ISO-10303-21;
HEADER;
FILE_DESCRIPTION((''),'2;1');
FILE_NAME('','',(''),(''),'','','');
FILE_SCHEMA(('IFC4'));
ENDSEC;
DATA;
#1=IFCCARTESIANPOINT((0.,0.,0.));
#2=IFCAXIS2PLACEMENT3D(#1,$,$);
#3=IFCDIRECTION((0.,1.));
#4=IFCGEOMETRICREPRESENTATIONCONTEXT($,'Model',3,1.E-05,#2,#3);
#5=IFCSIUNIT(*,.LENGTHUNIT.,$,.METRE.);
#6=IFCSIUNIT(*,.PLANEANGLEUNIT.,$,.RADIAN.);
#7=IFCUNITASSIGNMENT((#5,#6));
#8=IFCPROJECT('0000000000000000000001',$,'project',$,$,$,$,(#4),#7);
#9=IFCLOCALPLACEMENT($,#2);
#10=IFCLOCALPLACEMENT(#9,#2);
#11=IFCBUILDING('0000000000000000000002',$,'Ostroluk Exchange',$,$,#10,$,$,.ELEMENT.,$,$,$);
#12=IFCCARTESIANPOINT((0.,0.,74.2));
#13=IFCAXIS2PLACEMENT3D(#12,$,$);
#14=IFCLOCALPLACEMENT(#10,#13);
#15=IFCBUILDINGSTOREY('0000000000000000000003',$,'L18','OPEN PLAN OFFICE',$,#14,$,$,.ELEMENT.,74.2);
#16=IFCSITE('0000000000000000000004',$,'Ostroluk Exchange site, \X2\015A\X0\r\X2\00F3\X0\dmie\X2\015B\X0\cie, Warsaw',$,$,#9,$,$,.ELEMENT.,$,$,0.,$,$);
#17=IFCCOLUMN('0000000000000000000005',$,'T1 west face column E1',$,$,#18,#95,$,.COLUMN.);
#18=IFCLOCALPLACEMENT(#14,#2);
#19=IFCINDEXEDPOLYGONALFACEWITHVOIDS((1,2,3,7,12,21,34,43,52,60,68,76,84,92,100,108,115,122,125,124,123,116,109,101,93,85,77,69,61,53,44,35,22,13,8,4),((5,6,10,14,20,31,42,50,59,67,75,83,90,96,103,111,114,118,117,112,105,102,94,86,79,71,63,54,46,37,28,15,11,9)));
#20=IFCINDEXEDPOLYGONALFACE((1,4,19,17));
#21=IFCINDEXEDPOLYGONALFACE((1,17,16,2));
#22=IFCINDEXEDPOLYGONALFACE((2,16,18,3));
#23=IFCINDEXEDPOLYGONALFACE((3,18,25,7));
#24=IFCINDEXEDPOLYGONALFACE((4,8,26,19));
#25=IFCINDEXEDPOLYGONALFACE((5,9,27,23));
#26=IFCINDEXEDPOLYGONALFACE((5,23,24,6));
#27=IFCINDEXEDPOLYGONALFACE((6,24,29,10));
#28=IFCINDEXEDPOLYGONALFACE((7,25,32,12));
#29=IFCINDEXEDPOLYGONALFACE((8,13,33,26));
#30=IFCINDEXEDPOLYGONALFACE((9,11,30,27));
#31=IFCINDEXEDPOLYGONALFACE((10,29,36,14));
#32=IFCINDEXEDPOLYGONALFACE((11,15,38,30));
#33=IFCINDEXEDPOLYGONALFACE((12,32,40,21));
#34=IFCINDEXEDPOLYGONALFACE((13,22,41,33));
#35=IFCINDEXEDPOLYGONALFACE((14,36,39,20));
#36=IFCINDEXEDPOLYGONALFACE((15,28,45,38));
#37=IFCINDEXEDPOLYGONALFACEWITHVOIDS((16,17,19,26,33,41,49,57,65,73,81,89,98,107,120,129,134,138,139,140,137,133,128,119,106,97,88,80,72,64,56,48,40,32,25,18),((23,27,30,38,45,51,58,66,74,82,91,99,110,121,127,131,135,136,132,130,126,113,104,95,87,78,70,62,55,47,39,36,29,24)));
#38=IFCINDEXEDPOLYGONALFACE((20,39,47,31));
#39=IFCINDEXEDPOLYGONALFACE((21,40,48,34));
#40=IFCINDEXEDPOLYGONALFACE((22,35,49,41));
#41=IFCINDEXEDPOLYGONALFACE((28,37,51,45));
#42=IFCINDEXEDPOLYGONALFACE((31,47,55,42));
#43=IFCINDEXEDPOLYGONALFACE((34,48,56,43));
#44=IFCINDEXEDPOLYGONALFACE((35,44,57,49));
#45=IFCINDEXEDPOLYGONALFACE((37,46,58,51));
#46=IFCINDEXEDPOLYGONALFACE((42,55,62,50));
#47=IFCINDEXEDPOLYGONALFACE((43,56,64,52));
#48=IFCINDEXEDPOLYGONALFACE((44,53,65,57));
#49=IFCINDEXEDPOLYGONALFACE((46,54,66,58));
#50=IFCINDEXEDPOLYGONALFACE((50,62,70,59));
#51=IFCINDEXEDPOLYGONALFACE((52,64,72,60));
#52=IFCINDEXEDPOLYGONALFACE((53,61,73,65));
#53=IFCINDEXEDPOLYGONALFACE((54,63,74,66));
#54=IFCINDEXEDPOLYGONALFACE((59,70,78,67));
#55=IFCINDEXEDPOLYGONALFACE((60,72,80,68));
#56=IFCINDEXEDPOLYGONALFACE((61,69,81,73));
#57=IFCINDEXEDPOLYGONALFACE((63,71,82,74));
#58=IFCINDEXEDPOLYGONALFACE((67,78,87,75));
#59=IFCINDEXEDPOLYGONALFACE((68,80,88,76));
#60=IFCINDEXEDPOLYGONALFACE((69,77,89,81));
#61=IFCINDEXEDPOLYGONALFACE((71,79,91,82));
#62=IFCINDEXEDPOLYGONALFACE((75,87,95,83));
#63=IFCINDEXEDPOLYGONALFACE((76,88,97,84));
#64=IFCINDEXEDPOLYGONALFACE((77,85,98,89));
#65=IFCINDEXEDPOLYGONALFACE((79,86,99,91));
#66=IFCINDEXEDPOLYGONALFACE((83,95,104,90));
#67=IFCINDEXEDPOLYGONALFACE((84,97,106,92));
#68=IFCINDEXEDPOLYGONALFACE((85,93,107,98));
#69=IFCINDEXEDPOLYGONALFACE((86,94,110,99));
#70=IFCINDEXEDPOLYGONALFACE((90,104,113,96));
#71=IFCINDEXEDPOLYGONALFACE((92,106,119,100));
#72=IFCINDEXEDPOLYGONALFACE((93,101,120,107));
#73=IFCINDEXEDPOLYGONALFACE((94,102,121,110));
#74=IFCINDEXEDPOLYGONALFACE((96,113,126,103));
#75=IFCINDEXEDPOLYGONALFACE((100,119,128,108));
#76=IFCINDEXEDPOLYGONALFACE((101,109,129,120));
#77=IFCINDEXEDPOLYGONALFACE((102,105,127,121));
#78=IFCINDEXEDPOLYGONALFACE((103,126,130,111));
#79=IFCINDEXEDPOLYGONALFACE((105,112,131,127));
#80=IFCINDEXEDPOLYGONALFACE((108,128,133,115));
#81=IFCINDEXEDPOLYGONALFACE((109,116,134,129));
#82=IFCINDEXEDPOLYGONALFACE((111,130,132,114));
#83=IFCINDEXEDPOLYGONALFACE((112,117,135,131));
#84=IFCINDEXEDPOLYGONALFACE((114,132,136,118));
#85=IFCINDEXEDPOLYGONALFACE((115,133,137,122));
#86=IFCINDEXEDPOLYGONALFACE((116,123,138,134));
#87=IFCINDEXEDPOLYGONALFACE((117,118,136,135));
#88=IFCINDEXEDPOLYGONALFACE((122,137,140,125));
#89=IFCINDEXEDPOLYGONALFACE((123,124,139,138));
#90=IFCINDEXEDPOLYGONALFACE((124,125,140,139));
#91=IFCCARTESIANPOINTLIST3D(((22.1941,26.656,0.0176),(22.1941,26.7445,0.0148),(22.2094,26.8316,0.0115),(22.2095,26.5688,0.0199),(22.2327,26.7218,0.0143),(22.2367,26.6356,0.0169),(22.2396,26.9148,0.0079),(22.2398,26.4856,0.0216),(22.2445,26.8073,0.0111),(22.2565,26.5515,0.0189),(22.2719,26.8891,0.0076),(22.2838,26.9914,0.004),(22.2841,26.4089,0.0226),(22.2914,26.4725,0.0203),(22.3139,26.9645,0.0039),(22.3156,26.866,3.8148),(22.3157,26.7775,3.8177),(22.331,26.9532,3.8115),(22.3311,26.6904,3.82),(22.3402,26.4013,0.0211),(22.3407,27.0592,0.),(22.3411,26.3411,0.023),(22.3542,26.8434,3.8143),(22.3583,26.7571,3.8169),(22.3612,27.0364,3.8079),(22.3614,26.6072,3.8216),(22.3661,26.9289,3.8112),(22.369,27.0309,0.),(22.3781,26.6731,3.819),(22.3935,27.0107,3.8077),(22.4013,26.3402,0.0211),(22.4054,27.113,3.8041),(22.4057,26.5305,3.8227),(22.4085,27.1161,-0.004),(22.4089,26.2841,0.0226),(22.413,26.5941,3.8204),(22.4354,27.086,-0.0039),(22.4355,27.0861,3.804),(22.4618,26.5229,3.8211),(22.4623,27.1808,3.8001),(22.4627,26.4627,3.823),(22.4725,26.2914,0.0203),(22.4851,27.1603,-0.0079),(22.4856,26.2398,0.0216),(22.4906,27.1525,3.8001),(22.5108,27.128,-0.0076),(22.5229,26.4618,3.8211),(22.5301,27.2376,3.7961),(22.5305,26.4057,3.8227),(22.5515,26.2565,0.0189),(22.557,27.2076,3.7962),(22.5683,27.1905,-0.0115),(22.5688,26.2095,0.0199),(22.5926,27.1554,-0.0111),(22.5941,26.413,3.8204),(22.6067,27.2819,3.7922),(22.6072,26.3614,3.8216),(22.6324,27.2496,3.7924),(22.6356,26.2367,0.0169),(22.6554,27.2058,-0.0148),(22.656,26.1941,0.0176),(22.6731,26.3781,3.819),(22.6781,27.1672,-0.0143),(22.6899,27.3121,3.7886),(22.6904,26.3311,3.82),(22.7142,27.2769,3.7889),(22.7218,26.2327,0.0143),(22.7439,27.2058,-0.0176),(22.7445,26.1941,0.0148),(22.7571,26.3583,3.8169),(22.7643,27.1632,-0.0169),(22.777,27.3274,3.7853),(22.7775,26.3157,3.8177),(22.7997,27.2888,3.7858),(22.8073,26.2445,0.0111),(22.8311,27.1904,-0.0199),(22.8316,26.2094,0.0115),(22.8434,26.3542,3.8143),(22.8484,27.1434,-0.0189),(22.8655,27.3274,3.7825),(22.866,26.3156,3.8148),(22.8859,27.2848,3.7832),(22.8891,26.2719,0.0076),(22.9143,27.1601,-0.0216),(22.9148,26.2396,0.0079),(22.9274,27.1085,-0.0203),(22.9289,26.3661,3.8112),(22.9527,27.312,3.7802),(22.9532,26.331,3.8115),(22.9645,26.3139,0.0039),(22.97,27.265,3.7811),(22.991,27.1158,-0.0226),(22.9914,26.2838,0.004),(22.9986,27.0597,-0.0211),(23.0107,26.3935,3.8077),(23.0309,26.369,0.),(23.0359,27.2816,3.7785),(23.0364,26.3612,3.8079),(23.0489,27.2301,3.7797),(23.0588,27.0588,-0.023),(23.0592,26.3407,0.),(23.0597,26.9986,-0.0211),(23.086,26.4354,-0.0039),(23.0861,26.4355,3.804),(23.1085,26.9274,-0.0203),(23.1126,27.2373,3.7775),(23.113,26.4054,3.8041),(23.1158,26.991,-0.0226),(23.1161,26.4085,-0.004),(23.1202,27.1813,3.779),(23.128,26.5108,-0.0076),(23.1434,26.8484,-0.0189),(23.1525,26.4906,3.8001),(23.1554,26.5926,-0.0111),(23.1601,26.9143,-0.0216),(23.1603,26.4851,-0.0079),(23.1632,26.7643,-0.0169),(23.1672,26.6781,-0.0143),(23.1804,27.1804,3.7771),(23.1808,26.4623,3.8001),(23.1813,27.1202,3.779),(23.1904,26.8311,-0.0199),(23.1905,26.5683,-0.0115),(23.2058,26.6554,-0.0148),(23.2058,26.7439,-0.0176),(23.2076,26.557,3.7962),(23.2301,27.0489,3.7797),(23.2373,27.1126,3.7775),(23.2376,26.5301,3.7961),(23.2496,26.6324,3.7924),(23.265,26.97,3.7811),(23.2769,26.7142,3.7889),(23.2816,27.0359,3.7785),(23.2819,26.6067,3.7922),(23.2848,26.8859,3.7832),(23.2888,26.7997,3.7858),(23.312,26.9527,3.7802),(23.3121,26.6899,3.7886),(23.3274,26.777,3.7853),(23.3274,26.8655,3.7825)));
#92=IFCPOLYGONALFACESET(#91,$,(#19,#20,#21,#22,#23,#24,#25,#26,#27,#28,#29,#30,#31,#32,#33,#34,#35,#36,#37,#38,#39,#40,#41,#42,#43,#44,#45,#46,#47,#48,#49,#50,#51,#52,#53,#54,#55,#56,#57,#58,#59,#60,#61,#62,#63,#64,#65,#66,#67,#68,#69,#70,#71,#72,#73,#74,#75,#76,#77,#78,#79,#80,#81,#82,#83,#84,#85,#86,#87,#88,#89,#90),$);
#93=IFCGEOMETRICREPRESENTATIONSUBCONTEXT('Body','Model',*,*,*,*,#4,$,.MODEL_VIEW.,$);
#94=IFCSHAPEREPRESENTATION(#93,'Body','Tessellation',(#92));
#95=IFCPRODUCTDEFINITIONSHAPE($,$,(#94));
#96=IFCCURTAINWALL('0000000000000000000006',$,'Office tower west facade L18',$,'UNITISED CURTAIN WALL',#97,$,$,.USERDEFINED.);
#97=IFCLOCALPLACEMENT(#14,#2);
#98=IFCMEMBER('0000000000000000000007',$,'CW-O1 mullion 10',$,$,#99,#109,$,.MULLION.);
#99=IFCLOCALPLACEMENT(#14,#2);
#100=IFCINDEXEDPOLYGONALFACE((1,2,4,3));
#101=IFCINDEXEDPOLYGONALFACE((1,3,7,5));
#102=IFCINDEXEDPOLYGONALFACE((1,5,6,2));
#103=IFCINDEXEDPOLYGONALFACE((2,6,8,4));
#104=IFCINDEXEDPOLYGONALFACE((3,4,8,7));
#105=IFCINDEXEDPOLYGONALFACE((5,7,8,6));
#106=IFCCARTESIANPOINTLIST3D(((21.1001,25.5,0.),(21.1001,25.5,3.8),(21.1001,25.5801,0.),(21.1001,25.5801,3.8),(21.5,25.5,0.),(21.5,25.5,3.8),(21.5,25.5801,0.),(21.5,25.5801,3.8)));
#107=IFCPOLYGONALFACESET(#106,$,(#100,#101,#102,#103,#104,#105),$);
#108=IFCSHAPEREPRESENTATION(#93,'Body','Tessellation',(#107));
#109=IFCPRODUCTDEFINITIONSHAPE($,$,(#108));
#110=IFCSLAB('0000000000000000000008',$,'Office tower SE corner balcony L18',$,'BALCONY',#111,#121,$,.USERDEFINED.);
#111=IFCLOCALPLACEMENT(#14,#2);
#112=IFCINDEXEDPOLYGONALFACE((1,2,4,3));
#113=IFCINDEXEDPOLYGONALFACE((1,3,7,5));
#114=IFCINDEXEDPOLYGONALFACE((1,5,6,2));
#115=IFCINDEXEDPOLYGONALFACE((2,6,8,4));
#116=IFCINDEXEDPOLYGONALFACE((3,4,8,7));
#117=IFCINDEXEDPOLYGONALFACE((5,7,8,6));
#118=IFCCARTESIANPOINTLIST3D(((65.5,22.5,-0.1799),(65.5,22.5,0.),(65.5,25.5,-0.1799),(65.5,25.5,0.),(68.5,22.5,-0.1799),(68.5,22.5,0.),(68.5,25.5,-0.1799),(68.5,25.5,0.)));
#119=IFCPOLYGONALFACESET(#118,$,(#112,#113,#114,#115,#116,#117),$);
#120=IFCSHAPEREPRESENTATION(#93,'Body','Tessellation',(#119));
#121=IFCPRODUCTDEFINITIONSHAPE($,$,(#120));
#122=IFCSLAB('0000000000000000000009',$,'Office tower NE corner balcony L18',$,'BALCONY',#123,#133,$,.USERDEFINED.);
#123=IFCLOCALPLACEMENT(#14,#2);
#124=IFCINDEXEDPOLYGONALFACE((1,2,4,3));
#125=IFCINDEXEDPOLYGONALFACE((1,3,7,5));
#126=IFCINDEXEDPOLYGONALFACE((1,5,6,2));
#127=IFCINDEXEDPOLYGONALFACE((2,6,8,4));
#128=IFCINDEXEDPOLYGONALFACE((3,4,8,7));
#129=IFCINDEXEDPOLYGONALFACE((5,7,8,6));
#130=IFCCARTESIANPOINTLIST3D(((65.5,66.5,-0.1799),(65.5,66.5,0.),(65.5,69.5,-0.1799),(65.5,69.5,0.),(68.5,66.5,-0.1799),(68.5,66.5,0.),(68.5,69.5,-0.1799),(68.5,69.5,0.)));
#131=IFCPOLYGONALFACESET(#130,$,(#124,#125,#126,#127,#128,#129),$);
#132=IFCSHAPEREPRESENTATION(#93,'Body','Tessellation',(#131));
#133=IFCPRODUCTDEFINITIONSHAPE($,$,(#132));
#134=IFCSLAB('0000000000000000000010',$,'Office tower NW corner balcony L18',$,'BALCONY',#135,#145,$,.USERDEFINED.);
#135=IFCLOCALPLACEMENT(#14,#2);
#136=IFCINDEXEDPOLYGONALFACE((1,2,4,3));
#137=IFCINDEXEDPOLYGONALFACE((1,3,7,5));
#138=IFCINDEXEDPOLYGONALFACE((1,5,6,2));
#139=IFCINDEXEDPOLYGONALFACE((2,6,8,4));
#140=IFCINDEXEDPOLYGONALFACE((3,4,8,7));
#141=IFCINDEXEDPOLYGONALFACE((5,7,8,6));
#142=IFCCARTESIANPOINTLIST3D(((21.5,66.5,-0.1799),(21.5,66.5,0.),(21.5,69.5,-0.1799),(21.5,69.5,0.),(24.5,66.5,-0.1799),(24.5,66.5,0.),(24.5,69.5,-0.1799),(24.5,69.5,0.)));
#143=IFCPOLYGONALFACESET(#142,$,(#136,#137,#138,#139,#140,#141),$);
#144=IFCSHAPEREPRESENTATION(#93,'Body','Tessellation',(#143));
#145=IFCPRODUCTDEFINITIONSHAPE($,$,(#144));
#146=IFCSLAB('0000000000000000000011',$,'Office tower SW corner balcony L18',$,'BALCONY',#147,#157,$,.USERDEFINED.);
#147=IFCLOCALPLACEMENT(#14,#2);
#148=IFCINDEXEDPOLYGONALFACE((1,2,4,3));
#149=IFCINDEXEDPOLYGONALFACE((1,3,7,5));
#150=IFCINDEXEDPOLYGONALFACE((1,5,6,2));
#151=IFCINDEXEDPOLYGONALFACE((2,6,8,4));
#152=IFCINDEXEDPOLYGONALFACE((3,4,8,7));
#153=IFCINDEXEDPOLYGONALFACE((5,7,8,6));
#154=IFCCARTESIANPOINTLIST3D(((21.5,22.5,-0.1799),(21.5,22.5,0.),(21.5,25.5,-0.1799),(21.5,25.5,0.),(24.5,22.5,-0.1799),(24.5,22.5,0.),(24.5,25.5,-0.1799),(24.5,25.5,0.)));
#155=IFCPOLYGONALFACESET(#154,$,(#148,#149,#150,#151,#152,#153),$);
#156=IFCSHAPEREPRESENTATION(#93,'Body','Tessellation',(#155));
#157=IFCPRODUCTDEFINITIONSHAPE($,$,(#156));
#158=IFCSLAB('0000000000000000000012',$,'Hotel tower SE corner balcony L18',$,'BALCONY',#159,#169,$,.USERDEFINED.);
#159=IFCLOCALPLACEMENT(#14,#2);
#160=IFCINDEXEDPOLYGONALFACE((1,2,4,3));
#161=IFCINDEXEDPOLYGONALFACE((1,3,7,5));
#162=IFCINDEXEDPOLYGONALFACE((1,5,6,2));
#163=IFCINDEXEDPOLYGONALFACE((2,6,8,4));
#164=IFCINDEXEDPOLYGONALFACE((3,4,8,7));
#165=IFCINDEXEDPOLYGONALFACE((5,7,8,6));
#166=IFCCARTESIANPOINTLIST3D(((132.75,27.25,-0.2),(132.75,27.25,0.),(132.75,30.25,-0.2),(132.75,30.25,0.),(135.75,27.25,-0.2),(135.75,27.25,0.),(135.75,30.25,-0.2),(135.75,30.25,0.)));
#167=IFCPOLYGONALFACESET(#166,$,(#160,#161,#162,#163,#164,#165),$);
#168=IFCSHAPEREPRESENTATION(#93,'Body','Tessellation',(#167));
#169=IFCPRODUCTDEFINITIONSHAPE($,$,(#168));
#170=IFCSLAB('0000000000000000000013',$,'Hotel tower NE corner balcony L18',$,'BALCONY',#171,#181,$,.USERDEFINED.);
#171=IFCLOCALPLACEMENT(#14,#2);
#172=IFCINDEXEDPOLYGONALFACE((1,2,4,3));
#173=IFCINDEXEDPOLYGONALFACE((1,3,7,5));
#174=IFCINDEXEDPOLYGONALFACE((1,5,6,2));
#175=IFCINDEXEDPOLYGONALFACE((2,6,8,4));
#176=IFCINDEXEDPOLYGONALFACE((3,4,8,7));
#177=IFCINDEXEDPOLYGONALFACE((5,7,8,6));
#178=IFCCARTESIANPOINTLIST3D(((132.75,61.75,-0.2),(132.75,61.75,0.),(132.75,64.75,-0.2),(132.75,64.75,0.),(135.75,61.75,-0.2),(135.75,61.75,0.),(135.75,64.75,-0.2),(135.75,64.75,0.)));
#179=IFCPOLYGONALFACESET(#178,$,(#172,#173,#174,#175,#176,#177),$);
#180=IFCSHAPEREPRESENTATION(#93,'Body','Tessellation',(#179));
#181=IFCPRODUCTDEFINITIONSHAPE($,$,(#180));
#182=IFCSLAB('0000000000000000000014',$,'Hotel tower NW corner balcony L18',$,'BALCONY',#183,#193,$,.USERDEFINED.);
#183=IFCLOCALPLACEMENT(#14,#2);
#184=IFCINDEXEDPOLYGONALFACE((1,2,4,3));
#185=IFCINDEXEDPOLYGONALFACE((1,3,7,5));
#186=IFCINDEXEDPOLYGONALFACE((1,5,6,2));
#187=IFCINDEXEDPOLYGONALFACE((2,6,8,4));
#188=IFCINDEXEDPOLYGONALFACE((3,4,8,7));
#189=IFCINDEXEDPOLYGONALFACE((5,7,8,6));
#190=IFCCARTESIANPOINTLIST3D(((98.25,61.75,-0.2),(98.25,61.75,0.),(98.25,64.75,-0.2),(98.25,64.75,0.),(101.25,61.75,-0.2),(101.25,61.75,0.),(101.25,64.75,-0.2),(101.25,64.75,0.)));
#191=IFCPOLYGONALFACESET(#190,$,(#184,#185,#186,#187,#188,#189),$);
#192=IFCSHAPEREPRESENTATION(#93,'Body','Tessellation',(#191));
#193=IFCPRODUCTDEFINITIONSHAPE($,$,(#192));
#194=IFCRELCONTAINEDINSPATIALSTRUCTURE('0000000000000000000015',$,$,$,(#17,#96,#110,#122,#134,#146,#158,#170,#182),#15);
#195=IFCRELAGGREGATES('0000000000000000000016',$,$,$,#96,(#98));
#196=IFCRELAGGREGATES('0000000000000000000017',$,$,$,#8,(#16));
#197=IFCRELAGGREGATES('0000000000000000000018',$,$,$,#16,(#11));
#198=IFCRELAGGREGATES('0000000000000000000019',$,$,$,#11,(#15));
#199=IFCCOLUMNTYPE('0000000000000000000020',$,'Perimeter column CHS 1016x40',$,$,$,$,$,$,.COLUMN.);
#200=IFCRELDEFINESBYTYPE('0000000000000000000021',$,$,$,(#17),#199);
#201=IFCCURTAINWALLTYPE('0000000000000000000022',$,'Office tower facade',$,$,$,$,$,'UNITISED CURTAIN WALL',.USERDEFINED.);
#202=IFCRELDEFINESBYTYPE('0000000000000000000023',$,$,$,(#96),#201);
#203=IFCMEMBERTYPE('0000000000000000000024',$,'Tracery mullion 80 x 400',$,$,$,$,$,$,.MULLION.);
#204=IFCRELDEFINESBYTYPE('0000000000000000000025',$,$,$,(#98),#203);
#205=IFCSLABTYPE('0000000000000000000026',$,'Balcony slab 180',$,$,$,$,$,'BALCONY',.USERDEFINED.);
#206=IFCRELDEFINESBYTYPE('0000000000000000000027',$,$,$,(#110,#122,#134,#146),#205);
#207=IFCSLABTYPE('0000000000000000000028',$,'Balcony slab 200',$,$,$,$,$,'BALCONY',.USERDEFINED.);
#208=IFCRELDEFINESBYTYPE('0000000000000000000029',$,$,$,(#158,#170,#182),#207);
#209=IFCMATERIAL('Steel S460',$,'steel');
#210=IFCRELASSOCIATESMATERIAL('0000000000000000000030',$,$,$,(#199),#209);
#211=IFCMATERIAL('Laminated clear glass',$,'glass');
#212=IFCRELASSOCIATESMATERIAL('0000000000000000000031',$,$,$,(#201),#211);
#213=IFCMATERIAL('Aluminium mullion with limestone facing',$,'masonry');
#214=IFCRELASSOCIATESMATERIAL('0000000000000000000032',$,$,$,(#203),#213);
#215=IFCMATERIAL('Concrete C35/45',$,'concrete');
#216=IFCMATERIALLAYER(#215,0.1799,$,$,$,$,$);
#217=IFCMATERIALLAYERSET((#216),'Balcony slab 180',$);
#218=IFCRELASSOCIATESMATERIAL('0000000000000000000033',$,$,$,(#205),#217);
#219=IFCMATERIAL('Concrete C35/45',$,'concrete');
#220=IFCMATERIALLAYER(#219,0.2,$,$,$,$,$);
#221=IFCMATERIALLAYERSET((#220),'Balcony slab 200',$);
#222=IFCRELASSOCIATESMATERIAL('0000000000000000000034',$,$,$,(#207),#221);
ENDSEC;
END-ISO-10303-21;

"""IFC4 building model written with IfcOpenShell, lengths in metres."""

from ifc_helpers import new_model, si_unit, direction, frame, origin, origin_2d, place, context, subcontext, project, spatial, polyline, rectangle, hollow_circle, outline, extrude, material, layer, layer_set, material_profile, profile_set, type_object, element, aggregate, save


model = new_model("IFC4")

# Units and contexts
model_context = context("Model", 3, precision=1e-05, world=origin(), true_north=direction((0.0, 1.0)))
body_context = subcontext(model_context, "Body", "Model", "MODEL_VIEW")
ifc_project = project(units=[si_unit("LENGTHUNIT", "METRE"), si_unit("PLANEANGLEUNIT", "RADIAN")], contexts=[model_context])

# Site, building, storey
site_placement = place(None, origin())
site = spatial("IfcSite", under=ifc_project, at=site_placement, Name="Ostroluk Exchange site, Śródmieście, Warsaw", CompositionType="ELEMENT", RefElevation=0.0)
building_placement = place(site_placement, origin())
building = spatial("IfcBuilding", under=site, at=building_placement, Name="Ostroluk Exchange", CompositionType="ELEMENT")
storey_placement = place(building_placement, frame((0.0, 0.0, 74.2)))
storey = spatial("IfcBuildingStorey", under=building, at=storey_placement, Name="L18", Description="OPEN PLAN OFFICE", CompositionType="ELEMENT", Elevation=74.2)

# Column
ifc_material_1 = material(Name="Steel S460", Category="steel")
ifc_material_profile_1 = material_profile(ifc_material_1, hollow_circle(Radius=0.5081, WallThickness=0.04, at=origin_2d()), Name="CHS 1016x40")
ifc_profile_set_1 = profile_set([ifc_material_profile_1], Name="Steel S460")
column_type = type_object("IfcColumnType", Name="Perimeter column CHS 1016x40", PredefinedType="COLUMN", material=ifc_profile_set_1)
column_placement = place(storey_placement, frame((22.7, 26.7, 0.0), z_axis=(0.031962, 0.031962, 0.998978), x_axis=(-0.707107, 0.707107, 0.0)))
element("IfcColumn", 1, at=column_placement, inside=storey, type_object=column_type, Name="T1 west face column E1", PredefinedType="COLUMN", context=body_context, shape_type="SweptSolid", body=[
    extrude(hollow_circle(Radius=0.5081, WallThickness=0.04, at=origin_2d()), origin(), (0.0, 0.0, 1.0), 3.804),
])

# Curtain wall, member
ifc_material_2 = material(Name="Laminated clear glass", Category="glass")
curtain_wall_type = type_object("IfcCurtainWallType", Name="Office tower facade", ElementType="UNITISED CURTAIN WALL", PredefinedType="USERDEFINED", material=ifc_material_2)
curtain_wall_placement = place(storey_placement, origin())
curtain_wall = element("IfcCurtainWall", 2, at=curtain_wall_placement, inside=storey, type_object=curtain_wall_type, Name="Office tower west facade L18", ObjectType="UNITISED CURTAIN WALL", PredefinedType="USERDEFINED")
ifc_material_3 = material(Name="Aluminium mullion with limestone facing", Category="masonry")
ifc_material_profile_2 = material_profile(ifc_material_3, rectangle(XDim=0.3999, YDim=0.0801, at=origin_2d()), Name="Tracery mullion 80 x 400")
ifc_profile_set_2 = profile_set([ifc_material_profile_2], Name="Aluminium mullion with limestone facing")
member_type = type_object("IfcMemberType", Name="Tracery mullion 80 x 400", PredefinedType="MULLION", material=ifc_profile_set_2)
member_placement = place(storey_placement, frame((21.3, 25.54, 0.0), z_axis=(0.0, 0.0, 1.0), x_axis=(1.0, 0.0, 0.0)))
member = element("IfcMember", 3, at=member_placement, type_object=member_type, Name="CW-O1 mullion 10", PredefinedType="MULLION", context=body_context, shape_type="SweptSolid", body=[
    extrude(rectangle(XDim=0.3999, YDim=0.0801, at=origin_2d()), origin(), (0.0, 0.0, 1.0), 3.8),
])
aggregate(curtain_wall, [member])

# Slabs
ifc_material_4 = material(Name="Concrete C35/45", Category="concrete")
ifc_layer_1 = layer(ifc_material_4, 0.1799)
ifc_layer_set_1 = layer_set([ifc_layer_1], Name="Balcony slab 180")
slab_type_1 = type_object("IfcSlabType", Name="Balcony slab 180", ElementType="BALCONY", PredefinedType="USERDEFINED", material=ifc_layer_set_1)
slab_1_placement = place(storey_placement, frame((0.0, 0.0, -0.1799)))
element("IfcSlab", 4, at=slab_1_placement, inside=storey, type_object=slab_type_1, Name="Office tower SE corner balcony L18", ObjectType="BALCONY", PredefinedType="USERDEFINED", context=body_context, shape_type="SweptSolid", body=[
    extrude(outline(polyline([(65.5, 22.5), (68.5, 22.5), (68.5, 25.5), (65.5, 25.5), (65.5, 22.5)])), origin(), (0.0, 0.0, 1.0), 0.1799),
])
slab_2_placement = place(storey_placement, frame((0.0, 0.0, -0.1799)))
element("IfcSlab", 5, at=slab_2_placement, inside=storey, type_object=slab_type_1, Name="Office tower NE corner balcony L18", ObjectType="BALCONY", PredefinedType="USERDEFINED", context=body_context, shape_type="SweptSolid", body=[
    extrude(outline(polyline([(65.5, 66.5), (68.5, 66.5), (68.5, 69.5), (65.5, 69.5), (65.5, 66.5)])), origin(), (0.0, 0.0, 1.0), 0.1799),
])
slab_3_placement = place(storey_placement, frame((0.0, 0.0, -0.1799)))
element("IfcSlab", 6, at=slab_3_placement, inside=storey, type_object=slab_type_1, Name="Office tower NW corner balcony L18", ObjectType="BALCONY", PredefinedType="USERDEFINED", context=body_context, shape_type="SweptSolid", body=[
    extrude(outline(polyline([(21.5, 66.5), (24.5, 66.5), (24.5, 69.5), (21.5, 69.5), (21.5, 66.5)])), origin(), (0.0, 0.0, 1.0), 0.1799),
])
slab_4_placement = place(storey_placement, frame((0.0, 0.0, -0.1799)))
element("IfcSlab", 7, at=slab_4_placement, inside=storey, type_object=slab_type_1, Name="Office tower SW corner balcony L18", ObjectType="BALCONY", PredefinedType="USERDEFINED", context=body_context, shape_type="SweptSolid", body=[
    extrude(outline(polyline([(21.5, 22.5), (24.5, 22.5), (24.5, 25.5), (21.5, 25.5), (21.5, 22.5)])), origin(), (0.0, 0.0, 1.0), 0.1799),
])
ifc_material_5 = material(Name="Concrete C35/45", Category="concrete")
ifc_layer_2 = layer(ifc_material_5, 0.2)
ifc_layer_set_2 = layer_set([ifc_layer_2], Name="Balcony slab 200")
slab_type_2 = type_object("IfcSlabType", Name="Balcony slab 200", ElementType="BALCONY", PredefinedType="USERDEFINED", material=ifc_layer_set_2)
slab_5_placement = place(storey_placement, frame((0.0, 0.0, -0.2)))
element("IfcSlab", 8, at=slab_5_placement, inside=storey, type_object=slab_type_2, Name="Hotel tower SE corner balcony L18", ObjectType="BALCONY", PredefinedType="USERDEFINED", context=body_context, shape_type="SweptSolid", body=[
    extrude(outline(polyline([(132.75, 27.25), (135.75, 27.25), (135.75, 30.25), (132.75, 30.25), (132.75, 27.25)])), origin(), (0.0, 0.0, 1.0), 0.2),
])
slab_6_placement = place(storey_placement, frame((0.0, 0.0, -0.2)))
element("IfcSlab", 9, at=slab_6_placement, inside=storey, type_object=slab_type_2, Name="Hotel tower NE corner balcony L18", ObjectType="BALCONY", PredefinedType="USERDEFINED", context=body_context, shape_type="SweptSolid", body=[
    extrude(outline(polyline([(132.75, 61.75), (135.75, 61.75), (135.75, 64.75), (132.75, 64.75), (132.75, 61.75)])), origin(), (0.0, 0.0, 1.0), 0.2),
])
slab_7_placement = place(storey_placement, frame((0.0, 0.0, -0.2)))
element("IfcSlab", 10, at=slab_7_placement, inside=storey, type_object=slab_type_2, Name="Hotel tower NW corner balcony L18", ObjectType="BALCONY", PredefinedType="USERDEFINED", context=body_context, shape_type="SweptSolid", body=[
    extrude(outline(polyline([(98.25, 61.75), (101.25, 61.75), (101.25, 64.75), (98.25, 64.75), (98.25, 61.75)])), origin(), (0.0, 0.0, 1.0), 0.2),
])

save(model, "model.ifc")
